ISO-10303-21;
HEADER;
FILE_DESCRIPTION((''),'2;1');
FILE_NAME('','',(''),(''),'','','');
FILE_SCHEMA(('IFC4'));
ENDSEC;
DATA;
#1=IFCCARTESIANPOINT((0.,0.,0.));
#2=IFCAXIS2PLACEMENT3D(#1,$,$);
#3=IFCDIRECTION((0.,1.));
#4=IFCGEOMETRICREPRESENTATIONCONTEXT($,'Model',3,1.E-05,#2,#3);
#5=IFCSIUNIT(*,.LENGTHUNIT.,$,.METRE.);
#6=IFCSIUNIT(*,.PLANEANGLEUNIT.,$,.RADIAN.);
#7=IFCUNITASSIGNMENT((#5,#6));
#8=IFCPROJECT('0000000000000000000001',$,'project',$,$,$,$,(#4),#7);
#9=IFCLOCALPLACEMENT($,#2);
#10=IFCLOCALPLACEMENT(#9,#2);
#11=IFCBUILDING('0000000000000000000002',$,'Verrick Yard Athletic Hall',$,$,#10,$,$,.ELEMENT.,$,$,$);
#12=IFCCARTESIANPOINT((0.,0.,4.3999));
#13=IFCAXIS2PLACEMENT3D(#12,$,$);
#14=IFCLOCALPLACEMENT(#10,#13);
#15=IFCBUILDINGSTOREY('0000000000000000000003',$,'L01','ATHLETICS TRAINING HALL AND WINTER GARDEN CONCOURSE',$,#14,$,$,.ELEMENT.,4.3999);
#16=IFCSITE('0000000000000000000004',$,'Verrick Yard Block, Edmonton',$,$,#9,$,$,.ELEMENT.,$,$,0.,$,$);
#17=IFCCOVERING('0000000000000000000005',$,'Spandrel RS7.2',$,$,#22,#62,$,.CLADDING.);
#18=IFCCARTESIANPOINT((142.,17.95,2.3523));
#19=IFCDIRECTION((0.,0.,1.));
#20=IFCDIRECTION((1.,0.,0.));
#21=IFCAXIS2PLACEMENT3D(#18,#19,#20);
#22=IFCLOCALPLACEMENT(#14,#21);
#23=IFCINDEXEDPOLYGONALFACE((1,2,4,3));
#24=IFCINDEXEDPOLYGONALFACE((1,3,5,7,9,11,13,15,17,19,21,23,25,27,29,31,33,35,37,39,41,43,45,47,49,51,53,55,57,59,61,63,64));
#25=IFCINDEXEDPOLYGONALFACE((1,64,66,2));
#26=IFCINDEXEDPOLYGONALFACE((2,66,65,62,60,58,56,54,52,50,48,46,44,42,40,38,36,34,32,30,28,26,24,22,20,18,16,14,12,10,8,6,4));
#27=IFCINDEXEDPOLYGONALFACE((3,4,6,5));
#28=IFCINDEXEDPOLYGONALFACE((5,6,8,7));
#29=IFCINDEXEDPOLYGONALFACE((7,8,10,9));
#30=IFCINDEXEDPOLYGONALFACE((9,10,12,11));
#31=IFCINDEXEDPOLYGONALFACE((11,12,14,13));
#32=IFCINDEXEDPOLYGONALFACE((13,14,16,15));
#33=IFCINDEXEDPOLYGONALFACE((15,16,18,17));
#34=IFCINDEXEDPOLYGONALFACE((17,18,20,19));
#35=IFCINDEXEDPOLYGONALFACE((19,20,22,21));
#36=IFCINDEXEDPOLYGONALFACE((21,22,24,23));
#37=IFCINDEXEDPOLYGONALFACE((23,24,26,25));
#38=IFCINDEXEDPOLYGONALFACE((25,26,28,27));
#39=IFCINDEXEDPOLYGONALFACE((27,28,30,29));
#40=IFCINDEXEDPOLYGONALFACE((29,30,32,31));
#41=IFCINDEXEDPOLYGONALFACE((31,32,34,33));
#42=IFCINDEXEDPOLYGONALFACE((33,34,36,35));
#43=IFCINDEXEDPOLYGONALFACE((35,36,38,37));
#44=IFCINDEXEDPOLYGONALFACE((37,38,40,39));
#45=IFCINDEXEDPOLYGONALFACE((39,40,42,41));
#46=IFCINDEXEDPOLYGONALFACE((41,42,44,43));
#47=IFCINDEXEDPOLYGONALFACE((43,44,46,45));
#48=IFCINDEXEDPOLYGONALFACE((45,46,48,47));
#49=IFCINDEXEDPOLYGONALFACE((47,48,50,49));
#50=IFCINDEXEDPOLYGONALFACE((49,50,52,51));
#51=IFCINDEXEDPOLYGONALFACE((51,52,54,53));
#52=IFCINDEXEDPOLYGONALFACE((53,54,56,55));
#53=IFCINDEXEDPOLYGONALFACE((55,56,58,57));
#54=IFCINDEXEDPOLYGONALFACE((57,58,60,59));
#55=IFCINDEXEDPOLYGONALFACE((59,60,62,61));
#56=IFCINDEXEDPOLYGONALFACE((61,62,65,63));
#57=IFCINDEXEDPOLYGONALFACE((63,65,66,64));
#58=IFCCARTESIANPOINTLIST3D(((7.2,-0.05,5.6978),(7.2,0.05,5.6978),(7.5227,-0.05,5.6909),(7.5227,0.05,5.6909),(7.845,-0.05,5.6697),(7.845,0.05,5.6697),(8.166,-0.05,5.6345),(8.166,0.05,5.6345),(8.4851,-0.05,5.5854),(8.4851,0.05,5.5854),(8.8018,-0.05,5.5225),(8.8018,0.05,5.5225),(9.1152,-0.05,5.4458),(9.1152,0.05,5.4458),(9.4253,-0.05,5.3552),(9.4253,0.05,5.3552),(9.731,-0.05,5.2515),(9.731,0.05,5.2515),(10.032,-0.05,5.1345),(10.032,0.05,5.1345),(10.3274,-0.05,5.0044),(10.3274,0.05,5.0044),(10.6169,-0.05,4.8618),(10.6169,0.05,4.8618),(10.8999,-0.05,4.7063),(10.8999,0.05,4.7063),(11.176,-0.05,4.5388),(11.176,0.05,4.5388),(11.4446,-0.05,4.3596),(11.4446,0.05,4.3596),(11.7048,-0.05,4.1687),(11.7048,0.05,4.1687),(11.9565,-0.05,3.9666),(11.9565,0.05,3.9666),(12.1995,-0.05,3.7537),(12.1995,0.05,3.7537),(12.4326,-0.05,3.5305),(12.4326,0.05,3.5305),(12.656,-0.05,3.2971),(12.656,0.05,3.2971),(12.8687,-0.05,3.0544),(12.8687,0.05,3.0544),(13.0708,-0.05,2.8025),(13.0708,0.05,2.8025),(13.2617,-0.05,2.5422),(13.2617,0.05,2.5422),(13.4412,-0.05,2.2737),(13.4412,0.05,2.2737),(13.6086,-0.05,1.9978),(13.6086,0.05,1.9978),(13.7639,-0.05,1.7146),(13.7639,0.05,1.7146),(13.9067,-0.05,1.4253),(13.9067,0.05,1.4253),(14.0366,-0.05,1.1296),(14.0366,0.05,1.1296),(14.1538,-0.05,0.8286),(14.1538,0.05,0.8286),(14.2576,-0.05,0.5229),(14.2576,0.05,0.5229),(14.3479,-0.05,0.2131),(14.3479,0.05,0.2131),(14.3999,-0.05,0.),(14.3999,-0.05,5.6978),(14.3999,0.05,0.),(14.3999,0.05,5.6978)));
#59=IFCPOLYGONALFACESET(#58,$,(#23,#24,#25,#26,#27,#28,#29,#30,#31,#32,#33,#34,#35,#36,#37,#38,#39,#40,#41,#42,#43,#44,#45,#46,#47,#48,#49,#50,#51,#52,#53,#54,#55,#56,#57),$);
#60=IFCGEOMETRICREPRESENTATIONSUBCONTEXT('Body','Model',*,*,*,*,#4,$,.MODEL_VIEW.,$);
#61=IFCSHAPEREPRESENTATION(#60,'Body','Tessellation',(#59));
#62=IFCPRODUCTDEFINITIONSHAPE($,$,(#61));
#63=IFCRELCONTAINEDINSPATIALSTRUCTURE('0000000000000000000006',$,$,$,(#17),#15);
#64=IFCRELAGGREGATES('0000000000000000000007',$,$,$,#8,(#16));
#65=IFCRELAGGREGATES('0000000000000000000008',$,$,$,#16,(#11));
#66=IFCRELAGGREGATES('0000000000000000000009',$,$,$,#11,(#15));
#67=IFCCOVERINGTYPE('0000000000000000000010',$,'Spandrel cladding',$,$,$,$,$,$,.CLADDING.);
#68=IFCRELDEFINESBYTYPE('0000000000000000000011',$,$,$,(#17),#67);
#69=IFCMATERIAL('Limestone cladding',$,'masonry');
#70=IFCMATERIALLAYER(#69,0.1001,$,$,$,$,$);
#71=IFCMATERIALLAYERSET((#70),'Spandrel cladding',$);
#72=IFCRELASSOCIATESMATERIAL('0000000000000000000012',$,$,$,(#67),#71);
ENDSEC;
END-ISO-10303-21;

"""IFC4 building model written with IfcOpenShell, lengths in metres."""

from ifc_helpers import new_model, si_unit, direction, frame, origin, place, context, subcontext, project, spatial, polyline, outline, extrude, material, layer, layer_set, type_object, element, save


model = new_model("IFC4")

# Units and contexts
model_context = context("Model", 3, precision=1e-05, world=origin(), true_north=direction((0.0, 1.0)))
body_context = subcontext(model_context, "Body", "Model", "MODEL_VIEW")
ifc_project = project(units=[si_unit("LENGTHUNIT", "METRE"), si_unit("PLANEANGLEUNIT", "RADIAN")], contexts=[model_context])

# Site, building, storey
site_placement = place(None, origin())
site = spatial("IfcSite", under=ifc_project, at=site_placement, Name="Verrick Yard Block, Edmonton", CompositionType="ELEMENT", RefElevation=0.0)
building_placement = place(site_placement, origin())
building = spatial("IfcBuilding", under=site, at=building_placement, Name="Verrick Yard Athletic Hall", CompositionType="ELEMENT")
storey_placement = place(building_placement, frame((0.0, 0.0, 4.3999)))
storey = spatial("IfcBuildingStorey", under=building, at=storey_placement, Name="L01", Description="ATHLETICS TRAINING HALL AND WINTER GARDEN CONCOURSE", CompositionType="ELEMENT", Elevation=4.3999)

# Covering
ifc_material_1 = material(Name="Limestone cladding", Category="masonry")
ifc_layer_1 = layer(ifc_material_1, 0.1001)
ifc_layer_set_1 = layer_set([ifc_layer_1], Name="Spandrel cladding")
covering_type_1 = type_object("IfcCoveringType", Name="Spandrel cladding", PredefinedType="CLADDING", material=ifc_layer_set_1)
covering_1_placement = place(storey_placement, frame((142.0, 17.95, 2.3523), z_axis=(0.0, 0.0, 1.0), x_axis=(1.0, 0.0, 0.0)))
element("IfcCovering", 1, at=covering_1_placement, inside=storey, type_object=covering_type_1, Name="Spandrel RS7.2", PredefinedType="CLADDING", context=body_context, shape_type="SweptSolid", body=[
    extrude(outline(polyline([(7.2, 5.6978), (7.5227, 5.6909), (7.845, 5.6697), (8.166, 5.6345), (8.4851, 5.5854), (8.8018, 5.5225), (9.1152, 5.4458), (9.4253, 5.3552), (9.731, 5.2515), (10.032, 5.1345), (10.3274, 5.0044), (10.6169, 4.8618), (10.8999, 4.7063), (11.176, 4.5388), (11.4446, 4.3596), (11.7048, 4.1687), (11.9565, 3.9666), (12.1995, 3.7537), (12.4326, 3.5305), (12.656, 3.2971), (12.8687, 3.0544), (13.0708, 2.8025), (13.2617, 2.5422), (13.4412, 2.2737), (13.6086, 1.9978), (13.7639, 1.7146), (13.9067, 1.4253), (14.0366, 1.1296), (14.1538, 0.8286), (14.2576, 0.5229), (14.3479, 0.2131), (14.3999, 0.0), (14.3999, 5.6978), (7.2, 5.6978)])), frame((0.0, 0.05, 0.0), z_axis=(0.0, -1.0, 0.0), x_axis=(1.0, 0.0, 0.0)), (0.0, 0.0, 1.0), 0.1001),
])

save(model, "model.ifc")
